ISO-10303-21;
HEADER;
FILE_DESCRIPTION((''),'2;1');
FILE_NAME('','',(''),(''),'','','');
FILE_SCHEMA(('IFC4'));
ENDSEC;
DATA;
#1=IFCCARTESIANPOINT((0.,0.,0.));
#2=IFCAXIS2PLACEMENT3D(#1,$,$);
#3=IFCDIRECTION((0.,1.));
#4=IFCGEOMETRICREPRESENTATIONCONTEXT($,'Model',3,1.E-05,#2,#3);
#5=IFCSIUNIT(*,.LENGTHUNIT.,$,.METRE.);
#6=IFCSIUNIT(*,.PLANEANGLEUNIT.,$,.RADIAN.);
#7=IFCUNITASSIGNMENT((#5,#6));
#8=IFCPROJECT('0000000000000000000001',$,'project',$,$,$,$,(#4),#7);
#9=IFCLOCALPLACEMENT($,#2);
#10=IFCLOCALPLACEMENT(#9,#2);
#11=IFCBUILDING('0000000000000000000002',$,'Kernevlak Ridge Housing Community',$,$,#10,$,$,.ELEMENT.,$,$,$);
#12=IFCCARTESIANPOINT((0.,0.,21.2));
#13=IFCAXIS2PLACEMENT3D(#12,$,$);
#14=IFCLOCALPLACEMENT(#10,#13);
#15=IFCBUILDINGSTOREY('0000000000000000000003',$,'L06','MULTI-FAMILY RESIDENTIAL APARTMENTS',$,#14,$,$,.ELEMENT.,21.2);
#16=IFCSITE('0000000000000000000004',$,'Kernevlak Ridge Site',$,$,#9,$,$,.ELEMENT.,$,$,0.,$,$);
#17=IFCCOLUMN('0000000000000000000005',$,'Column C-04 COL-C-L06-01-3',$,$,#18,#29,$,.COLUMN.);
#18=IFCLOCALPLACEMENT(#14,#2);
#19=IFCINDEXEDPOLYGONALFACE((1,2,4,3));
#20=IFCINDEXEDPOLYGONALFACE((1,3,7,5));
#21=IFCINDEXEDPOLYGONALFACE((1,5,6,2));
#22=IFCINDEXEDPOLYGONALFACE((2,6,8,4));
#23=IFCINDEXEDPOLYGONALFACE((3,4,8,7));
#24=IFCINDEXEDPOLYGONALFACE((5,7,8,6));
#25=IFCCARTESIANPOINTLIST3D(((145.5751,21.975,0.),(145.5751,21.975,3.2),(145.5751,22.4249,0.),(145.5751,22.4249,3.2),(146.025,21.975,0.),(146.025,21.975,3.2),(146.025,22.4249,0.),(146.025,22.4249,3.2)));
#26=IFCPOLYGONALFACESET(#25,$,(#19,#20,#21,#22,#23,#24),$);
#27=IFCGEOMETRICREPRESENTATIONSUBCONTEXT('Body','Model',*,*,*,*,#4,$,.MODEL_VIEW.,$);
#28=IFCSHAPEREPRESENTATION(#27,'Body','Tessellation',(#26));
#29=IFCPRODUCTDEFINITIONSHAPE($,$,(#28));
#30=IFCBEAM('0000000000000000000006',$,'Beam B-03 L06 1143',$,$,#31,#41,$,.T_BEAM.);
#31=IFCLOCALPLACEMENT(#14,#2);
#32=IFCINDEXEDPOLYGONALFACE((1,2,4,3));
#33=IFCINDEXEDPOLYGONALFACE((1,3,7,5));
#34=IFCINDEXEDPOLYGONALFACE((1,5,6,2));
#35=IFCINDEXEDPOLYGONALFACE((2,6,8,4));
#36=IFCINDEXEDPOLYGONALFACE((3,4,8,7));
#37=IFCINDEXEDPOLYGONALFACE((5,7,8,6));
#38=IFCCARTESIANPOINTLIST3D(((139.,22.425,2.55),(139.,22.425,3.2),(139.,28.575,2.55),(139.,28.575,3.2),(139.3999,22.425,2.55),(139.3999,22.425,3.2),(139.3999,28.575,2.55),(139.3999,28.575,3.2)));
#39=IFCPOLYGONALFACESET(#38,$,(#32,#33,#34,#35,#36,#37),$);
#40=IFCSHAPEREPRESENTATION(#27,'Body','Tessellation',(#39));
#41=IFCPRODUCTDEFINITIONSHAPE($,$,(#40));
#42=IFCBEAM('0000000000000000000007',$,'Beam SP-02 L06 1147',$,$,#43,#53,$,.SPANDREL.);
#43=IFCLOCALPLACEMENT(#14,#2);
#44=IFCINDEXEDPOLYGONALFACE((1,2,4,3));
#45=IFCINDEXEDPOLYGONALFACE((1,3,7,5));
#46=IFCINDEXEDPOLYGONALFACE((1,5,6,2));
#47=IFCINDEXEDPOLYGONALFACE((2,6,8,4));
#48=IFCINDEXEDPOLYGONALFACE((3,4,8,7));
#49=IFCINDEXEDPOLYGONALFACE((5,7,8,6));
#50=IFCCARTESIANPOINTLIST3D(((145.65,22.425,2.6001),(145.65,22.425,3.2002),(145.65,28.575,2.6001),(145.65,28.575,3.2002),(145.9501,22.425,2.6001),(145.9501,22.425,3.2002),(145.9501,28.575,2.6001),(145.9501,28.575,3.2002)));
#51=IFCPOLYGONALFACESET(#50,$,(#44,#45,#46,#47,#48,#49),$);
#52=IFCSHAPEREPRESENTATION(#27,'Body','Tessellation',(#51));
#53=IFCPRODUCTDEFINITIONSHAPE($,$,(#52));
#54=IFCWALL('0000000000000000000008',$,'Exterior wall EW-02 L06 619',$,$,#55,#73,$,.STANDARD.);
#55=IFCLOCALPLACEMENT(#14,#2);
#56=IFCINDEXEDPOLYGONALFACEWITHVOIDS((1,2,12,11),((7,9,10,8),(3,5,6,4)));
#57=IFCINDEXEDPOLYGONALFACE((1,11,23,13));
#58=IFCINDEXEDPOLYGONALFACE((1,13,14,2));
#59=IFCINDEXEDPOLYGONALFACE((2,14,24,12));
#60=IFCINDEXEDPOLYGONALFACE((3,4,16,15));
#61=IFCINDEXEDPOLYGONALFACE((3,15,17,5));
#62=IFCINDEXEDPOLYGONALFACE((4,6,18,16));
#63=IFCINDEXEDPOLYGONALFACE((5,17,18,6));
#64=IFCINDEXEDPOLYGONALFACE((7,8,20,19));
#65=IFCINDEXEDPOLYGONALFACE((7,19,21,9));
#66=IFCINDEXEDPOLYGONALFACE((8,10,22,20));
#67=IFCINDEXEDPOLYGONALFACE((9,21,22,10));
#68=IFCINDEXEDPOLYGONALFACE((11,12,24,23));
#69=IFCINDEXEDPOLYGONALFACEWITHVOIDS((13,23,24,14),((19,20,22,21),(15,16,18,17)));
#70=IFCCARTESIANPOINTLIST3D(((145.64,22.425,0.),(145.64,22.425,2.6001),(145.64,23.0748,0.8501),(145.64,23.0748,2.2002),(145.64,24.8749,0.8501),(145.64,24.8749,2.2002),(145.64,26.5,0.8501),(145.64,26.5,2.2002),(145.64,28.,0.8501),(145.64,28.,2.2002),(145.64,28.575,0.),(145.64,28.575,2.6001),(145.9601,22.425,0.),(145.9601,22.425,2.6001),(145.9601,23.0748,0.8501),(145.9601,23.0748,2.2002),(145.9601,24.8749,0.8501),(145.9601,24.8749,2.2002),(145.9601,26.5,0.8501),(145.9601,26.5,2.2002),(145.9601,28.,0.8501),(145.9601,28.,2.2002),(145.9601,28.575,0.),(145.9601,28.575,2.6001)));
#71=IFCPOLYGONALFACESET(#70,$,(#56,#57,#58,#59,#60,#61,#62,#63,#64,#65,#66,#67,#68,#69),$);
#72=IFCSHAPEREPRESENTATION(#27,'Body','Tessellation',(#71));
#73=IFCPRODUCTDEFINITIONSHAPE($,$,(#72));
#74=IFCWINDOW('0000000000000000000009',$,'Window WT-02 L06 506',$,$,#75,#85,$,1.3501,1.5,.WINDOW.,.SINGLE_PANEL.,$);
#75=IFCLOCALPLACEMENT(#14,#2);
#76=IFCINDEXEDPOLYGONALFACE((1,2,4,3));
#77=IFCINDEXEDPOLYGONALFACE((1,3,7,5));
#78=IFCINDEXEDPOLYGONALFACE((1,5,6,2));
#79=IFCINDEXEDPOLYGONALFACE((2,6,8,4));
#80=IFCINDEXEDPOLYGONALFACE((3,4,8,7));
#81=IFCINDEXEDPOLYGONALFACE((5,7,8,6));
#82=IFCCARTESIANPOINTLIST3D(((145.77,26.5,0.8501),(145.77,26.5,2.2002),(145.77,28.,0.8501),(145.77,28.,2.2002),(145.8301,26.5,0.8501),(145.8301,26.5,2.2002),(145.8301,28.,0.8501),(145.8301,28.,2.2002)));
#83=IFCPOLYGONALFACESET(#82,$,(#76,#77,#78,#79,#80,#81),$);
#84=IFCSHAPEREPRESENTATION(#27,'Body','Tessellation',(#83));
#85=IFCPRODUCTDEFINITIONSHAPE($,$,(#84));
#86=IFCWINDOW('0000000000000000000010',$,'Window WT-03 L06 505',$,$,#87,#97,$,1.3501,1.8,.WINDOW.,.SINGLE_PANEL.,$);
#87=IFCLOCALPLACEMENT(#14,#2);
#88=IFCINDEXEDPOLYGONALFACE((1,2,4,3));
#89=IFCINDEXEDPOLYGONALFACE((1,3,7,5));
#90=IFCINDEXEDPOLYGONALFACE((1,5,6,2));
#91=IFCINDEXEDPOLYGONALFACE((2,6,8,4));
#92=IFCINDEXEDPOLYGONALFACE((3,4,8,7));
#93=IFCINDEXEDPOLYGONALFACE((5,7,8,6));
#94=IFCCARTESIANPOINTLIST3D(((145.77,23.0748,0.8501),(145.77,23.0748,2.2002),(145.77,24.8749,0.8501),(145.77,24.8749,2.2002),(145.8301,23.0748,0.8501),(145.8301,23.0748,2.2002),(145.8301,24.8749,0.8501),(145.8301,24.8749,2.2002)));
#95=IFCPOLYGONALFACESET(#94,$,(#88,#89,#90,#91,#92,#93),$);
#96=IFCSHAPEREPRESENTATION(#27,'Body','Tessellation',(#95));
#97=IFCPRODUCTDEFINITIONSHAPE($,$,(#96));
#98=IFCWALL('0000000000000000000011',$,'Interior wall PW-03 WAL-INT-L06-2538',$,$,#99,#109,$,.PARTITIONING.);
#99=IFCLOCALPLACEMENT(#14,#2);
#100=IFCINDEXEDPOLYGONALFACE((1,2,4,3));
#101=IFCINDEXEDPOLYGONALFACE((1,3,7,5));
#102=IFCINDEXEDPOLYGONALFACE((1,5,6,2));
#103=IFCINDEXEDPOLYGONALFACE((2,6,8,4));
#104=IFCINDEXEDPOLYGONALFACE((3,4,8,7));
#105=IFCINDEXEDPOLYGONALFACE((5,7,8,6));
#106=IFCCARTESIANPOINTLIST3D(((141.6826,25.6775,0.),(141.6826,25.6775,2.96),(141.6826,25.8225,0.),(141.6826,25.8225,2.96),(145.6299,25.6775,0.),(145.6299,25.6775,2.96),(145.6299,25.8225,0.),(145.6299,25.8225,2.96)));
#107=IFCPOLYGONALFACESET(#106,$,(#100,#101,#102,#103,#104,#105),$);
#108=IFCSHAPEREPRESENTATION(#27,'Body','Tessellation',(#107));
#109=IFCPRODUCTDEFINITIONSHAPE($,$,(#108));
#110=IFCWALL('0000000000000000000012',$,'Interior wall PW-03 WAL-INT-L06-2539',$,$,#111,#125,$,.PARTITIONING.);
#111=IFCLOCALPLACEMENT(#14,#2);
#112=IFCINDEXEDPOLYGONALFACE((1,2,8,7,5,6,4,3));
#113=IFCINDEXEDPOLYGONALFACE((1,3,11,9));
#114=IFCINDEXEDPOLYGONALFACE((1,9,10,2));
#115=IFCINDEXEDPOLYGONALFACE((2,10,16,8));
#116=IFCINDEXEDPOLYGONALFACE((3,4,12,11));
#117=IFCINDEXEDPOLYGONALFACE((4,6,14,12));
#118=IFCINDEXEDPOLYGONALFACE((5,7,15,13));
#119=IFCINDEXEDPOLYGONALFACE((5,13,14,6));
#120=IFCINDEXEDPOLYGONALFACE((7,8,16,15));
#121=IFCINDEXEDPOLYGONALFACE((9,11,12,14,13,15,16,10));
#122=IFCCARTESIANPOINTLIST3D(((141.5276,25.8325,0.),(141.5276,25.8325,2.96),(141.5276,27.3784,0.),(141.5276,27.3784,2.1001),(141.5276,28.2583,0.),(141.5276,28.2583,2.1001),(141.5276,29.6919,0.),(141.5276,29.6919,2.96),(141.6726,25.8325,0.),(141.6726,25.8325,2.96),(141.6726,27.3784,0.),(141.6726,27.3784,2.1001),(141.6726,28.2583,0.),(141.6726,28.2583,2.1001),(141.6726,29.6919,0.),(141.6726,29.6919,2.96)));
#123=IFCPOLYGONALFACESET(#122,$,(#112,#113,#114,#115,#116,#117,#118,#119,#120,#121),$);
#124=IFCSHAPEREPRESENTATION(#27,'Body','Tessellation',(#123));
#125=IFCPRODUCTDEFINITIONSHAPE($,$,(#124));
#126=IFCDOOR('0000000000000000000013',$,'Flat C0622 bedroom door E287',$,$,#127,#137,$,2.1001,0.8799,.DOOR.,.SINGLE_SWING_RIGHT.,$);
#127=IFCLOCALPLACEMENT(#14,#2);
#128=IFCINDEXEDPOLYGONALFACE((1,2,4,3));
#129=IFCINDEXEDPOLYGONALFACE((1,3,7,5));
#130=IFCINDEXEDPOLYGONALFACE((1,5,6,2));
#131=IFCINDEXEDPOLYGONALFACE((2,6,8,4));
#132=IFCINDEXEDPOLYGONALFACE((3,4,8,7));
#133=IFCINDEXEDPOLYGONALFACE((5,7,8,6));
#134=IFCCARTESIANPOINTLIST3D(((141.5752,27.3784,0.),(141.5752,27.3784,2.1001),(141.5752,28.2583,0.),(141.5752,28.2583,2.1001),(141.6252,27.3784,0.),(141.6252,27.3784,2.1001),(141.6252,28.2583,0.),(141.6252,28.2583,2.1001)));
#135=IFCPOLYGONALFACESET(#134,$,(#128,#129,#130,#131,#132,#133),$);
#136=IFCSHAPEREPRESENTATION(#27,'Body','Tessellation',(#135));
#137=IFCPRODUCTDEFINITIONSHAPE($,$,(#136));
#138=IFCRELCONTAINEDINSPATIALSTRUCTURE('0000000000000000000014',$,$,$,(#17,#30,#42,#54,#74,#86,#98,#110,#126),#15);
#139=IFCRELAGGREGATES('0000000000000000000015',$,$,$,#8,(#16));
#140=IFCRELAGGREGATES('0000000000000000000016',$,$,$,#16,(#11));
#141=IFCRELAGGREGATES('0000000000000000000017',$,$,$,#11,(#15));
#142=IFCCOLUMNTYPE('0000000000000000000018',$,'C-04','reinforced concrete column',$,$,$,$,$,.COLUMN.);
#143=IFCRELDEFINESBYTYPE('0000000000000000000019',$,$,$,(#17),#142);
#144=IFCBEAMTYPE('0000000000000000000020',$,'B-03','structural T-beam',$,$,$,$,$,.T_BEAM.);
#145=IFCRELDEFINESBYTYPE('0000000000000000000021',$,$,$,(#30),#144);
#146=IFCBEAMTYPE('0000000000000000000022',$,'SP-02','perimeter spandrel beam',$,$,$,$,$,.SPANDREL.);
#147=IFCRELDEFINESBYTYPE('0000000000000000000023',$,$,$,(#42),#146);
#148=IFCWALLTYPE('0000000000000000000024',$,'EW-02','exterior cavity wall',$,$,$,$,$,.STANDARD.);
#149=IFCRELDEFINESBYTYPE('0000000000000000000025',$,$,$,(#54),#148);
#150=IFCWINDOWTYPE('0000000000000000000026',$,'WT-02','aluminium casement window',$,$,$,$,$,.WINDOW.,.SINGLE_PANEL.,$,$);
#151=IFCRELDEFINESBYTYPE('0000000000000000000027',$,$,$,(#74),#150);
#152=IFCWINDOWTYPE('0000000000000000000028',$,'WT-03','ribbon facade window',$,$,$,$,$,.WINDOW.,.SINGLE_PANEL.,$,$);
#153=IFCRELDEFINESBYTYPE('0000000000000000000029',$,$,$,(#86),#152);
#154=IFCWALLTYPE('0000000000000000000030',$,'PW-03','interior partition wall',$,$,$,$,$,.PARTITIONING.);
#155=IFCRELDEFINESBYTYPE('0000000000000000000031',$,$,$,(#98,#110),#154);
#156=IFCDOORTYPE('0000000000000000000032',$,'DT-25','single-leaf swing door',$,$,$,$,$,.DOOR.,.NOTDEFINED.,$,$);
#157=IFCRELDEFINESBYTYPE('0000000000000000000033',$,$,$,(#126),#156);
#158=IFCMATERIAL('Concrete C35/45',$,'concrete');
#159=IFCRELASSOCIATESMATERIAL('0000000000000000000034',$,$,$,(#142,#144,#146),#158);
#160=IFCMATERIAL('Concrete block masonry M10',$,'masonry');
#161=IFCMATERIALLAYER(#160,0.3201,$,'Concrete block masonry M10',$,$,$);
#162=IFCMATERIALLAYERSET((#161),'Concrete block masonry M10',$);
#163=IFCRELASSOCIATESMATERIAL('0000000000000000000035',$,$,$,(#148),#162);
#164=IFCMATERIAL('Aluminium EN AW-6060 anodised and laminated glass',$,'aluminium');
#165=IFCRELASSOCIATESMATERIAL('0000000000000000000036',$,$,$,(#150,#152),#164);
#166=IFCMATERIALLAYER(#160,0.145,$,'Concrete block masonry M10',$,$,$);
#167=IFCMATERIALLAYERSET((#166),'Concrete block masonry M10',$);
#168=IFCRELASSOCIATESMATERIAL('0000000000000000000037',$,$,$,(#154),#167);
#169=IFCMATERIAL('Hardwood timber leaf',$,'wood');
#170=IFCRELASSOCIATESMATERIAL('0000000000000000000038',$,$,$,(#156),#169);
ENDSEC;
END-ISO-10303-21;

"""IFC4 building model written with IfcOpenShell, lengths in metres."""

from ifc_helpers import new_model, si_unit, direction, frame, frame_2d, origin, origin_2d, place, context, subcontext, project, spatial, rectangle, extrude, material, layer, layer_set, material_profile, profile_set, type_object, element, fill, save


model = new_model("IFC4")

# Units and contexts
model_context = context("Model", 3, precision=1e-05, world=origin(), true_north=direction((0.0, 1.0)))
body_context = subcontext(model_context, "Body", "Model", "MODEL_VIEW")
ifc_project = project(units=[si_unit("LENGTHUNIT", "METRE"), si_unit("PLANEANGLEUNIT", "RADIAN")], contexts=[model_context])

# Site, building, storey
site_placement = place(None, origin())
site = spatial("IfcSite", under=ifc_project, at=site_placement, Name="Kernevlak Ridge Site", CompositionType="ELEMENT", RefElevation=0.0)
building_placement = place(site_placement, origin())
building = spatial("IfcBuilding", under=site, at=building_placement, Name="Kernevlak Ridge Housing Community", CompositionType="ELEMENT")
storey_placement = place(building_placement, frame((0.0, 0.0, 21.2)))
storey = spatial("IfcBuildingStorey", under=building, at=storey_placement, Name="L06", Description="MULTI-FAMILY RESIDENTIAL APARTMENTS", CompositionType="ELEMENT", Elevation=21.2)

# Column
ifc_material_1 = material(Name="Concrete C35/45", Category="concrete")
ifc_material_profile_1 = material_profile(ifc_material_1, rectangle(XDim=0.45, YDim=0.45, at=origin_2d()), Name="RC 450x450")
ifc_profile_set_1 = profile_set([ifc_material_profile_1], Name="Concrete C35/45")
column_type = type_object("IfcColumnType", Name="C-04", Description="reinforced concrete column", PredefinedType="COLUMN", material=ifc_profile_set_1)
column_placement = place(storey_placement, frame((145.8, 22.2, 0.0), z_axis=(0.0, 0.0, 1.0), x_axis=(1.0, 0.0, 0.0)))
element("IfcColumn", 1, at=column_placement, inside=storey, type_object=column_type, Name="Column C-04 COL-C-L06-01-3", PredefinedType="COLUMN", context=body_context, shape_type="SweptSolid", body=[
    extrude(rectangle(XDim=0.45, YDim=0.45, at=origin_2d()), origin(), (0.0, 0.0, 1.0), 3.2),
])

# Beams
ifc_material_profile_2 = material_profile(ifc_material_1, rectangle(XDim=0.3999, YDim=0.6499, at=origin_2d()), Name="RC 400x650")
ifc_profile_set_2 = profile_set([ifc_material_profile_2], Name="Concrete C35/45")
beam_type_1 = type_object("IfcBeamType", Name="B-03", Description="structural T-beam", PredefinedType="T_BEAM", material=ifc_profile_set_2)
beam_1_placement = place(storey_placement, frame((139.2, 22.425, 2.875), z_axis=(0.0, 1.0, 0.0), x_axis=(-1.0, 0.0, 0.0)))
element("IfcBeam", 2, at=beam_1_placement, inside=storey, type_object=beam_type_1, Name="Beam B-03 L06 1143", PredefinedType="T_BEAM", context=body_context, shape_type="SweptSolid", body=[
    extrude(rectangle(XDim=0.3999, YDim=0.6499, at=origin_2d()), origin(), (0.0, 0.0, 1.0), 6.1499),
])
ifc_material_profile_3 = material_profile(ifc_material_1, rectangle(XDim=0.3, YDim=0.6001, at=origin_2d()), Name="RC 300x600")
ifc_profile_set_3 = profile_set([ifc_material_profile_3], Name="Concrete C35/45")
beam_type_2 = type_object("IfcBeamType", Name="SP-02", Description="perimeter spandrel beam", PredefinedType="SPANDREL", material=ifc_profile_set_3)
beam_2_placement = place(storey_placement, frame((145.8, 22.425, 2.9001), z_axis=(0.0, 1.0, 0.0), x_axis=(-1.0, 0.0, 0.0)))
element("IfcBeam", 3, at=beam_2_placement, inside=storey, type_object=beam_type_2, Name="Beam SP-02 L06 1147", PredefinedType="SPANDREL", context=body_context, shape_type="SweptSolid", body=[
    extrude(rectangle(XDim=0.3, YDim=0.6001, at=origin_2d()), origin(), (0.0, 0.0, 1.0), 6.1499),
])

# Wall, openings, windows
ifc_material_2 = material(Name="Concrete block masonry M10", Category="masonry")
ifc_layer_1 = layer(ifc_material_2, 0.3201, Name="Concrete block masonry M10")
ifc_layer_set_1 = layer_set([ifc_layer_1], Name="Concrete block masonry M10")
wall_type_1 = type_object("IfcWallType", Name="EW-02", Description="exterior cavity wall", PredefinedType="STANDARD", material=ifc_layer_set_1)
wall_1_placement = place(storey_placement, frame((145.8, 22.425, 0.0), z_axis=(0.0, 0.0, 1.0), x_axis=(0.0, 1.0, 0.0)))
wall_1 = element("IfcWall", 4, at=wall_1_placement, inside=storey, type_object=wall_type_1, Name="Exterior wall EW-02 L06 619", PredefinedType="STANDARD", context=body_context, shape_type="SweptSolid", body=[
    extrude(rectangle(XDim=6.1499, YDim=0.3201, at=frame_2d((3.075, 0.0))), origin(), (0.0, 0.0, 1.0), 2.6001),
])
opening_1_placement = place(wall_1_placement, frame((0.6499, 0.0, 0.8501)))
opening_1 = element("IfcOpeningElement", 5, at=opening_1_placement, cuts=wall_1, PredefinedType="OPENING", context=body_context, shape_type="SweptSolid", body=[
    extrude(rectangle(XDim=1.8, YDim=1.3501, at=frame_2d((0.8999, 0.675))), frame((0.0, 0.1699, 0.0), z_axis=(0.0, -1.0, 0.0), x_axis=(1.0, 0.0, 0.0)), (0.0, 0.0, 1.0), 0.3401),
])
opening_2_placement = place(wall_1_placement, frame((4.075, 0.0, 0.8501)))
opening_2 = element("IfcOpeningElement", 6, at=opening_2_placement, cuts=wall_1, PredefinedType="OPENING", context=body_context, shape_type="SweptSolid", body=[
    extrude(rectangle(XDim=1.5, YDim=1.3501, at=frame_2d((0.75, 0.675))), frame((0.0, 0.1699, 0.0), z_axis=(0.0, -1.0, 0.0), x_axis=(1.0, 0.0, 0.0)), (0.0, 0.0, 1.0), 0.3401),
])
ifc_material_3 = material(Name="Aluminium EN AW-6060 anodised and laminated glass", Category="aluminium")
window_type_1 = type_object("IfcWindowType", Name="WT-02", Description="aluminium casement window", PartitioningType="SINGLE_PANEL", PredefinedType="WINDOW", material=ifc_material_3)
window_1_placement = place(opening_2_placement, origin())
window_1 = element("IfcWindow", 7, at=window_1_placement, inside=storey, type_object=window_type_1, Name="Window WT-02 L06 506", OverallHeight=1.3501, OverallWidth=1.5, PartitioningType="SINGLE_PANEL", PredefinedType="WINDOW", context=body_context, shape_type="SweptSolid", body=[
    extrude(rectangle(XDim=1.5, YDim=1.3501, at=frame_2d((0.75, 0.675))), frame((0.0, 0.03, 0.0), z_axis=(0.0, -1.0, 0.0), x_axis=(1.0, 0.0, 0.0)), (0.0, 0.0, 1.0), 0.0601),
])
fill(opening_2, window_1)
window_type_2 = type_object("IfcWindowType", Name="WT-03", Description="ribbon facade window", PartitioningType="SINGLE_PANEL", PredefinedType="WINDOW", material=ifc_material_3)
window_2_placement = place(opening_1_placement, origin())
window_2 = element("IfcWindow", 8, at=window_2_placement, inside=storey, type_object=window_type_2, Name="Window WT-03 L06 505", OverallHeight=1.3501, OverallWidth=1.8, PartitioningType="SINGLE_PANEL", PredefinedType="WINDOW", context=body_context, shape_type="SweptSolid", body=[
    extrude(rectangle(XDim=1.8, YDim=1.3501, at=frame_2d((0.8999, 0.675))), frame((0.0, 0.03, 0.0), z_axis=(0.0, -1.0, 0.0), x_axis=(1.0, 0.0, 0.0)), (0.0, 0.0, 1.0), 0.0601),
])
fill(opening_1, window_2)

# Shared definitions
ifc_layer_2 = layer(ifc_material_2, 0.145, Name="Concrete block masonry M10")
ifc_layer_set_2 = layer_set([ifc_layer_2], Name="Concrete block masonry M10")
wall_type_2 = type_object("IfcWallType", Name="PW-03", Description="interior partition wall", PredefinedType="PARTITIONING", material=ifc_layer_set_2)
ifc_material_4 = material(Name="Hardwood timber leaf", Category="wood")

# Wall
wall_2_placement = place(storey_placement, frame((141.6826, 25.75, 0.0), z_axis=(0.0, 0.0, 1.0), x_axis=(1.0, 0.0, 0.0)))
element("IfcWall", 9, at=wall_2_placement, inside=storey, type_object=wall_type_2, Name="Interior wall PW-03 WAL-INT-L06-2538", PredefinedType="PARTITIONING", context=body_context, shape_type="SweptSolid", body=[
    extrude(rectangle(XDim=3.9473, YDim=0.145, at=frame_2d((1.9736, 0.0))), origin(), (0.0, 0.0, 1.0), 2.96),
])

# Wall, opening, door
wall_3_placement = place(storey_placement, frame((141.6001, 25.8325, 0.0), z_axis=(0.0, 0.0, 1.0), x_axis=(0.0, 1.0, 0.0)))
wall_3 = element("IfcWall", 10, at=wall_3_placement, inside=storey, type_object=wall_type_2, Name="Interior wall PW-03 WAL-INT-L06-2539", PredefinedType="PARTITIONING", context=body_context, shape_type="SweptSolid", body=[
    extrude(rectangle(XDim=3.8594, YDim=0.145, at=frame_2d((1.9297, 0.0))), origin(), (0.0, 0.0, 1.0), 2.96),
])
opening_3_placement = place(wall_3_placement, frame((1.5459, 0.0, 0.0)))
opening_3 = element("IfcOpeningElement", 11, at=opening_3_placement, cuts=wall_3, PredefinedType="OPENING", context=body_context, shape_type="SweptSolid", body=[
    extrude(rectangle(XDim=0.8799, YDim=2.1001, at=frame_2d((0.4399, 1.05))), frame((0.0, 0.0825, 0.0), z_axis=(0.0, -1.0, 0.0), x_axis=(1.0, 0.0, 0.0)), (0.0, 0.0, 1.0), 0.165),
])
door_type_1 = type_object("IfcDoorType", Name="DT-25", Description="single-leaf swing door", OperationType="NOTDEFINED", PredefinedType="DOOR", material=ifc_material_4)
door_1_placement = place(opening_3_placement, origin())
door_1 = element("IfcDoor", 12, at=door_1_placement, inside=storey, type_object=door_type_1, Name="Flat C0622 bedroom door E287", OperationType="SINGLE_SWING_RIGHT", OverallHeight=2.1001, OverallWidth=0.8799, PredefinedType="DOOR", context=body_context, shape_type="SweptSolid", body=[
    extrude(rectangle(XDim=0.8799, YDim=2.1001, at=frame_2d((0.4399, 1.05))), frame((0.0, 0.0249, 0.0), z_axis=(0.0, -1.0, 0.0), x_axis=(1.0, 0.0, 0.0)), (0.0, 0.0, 1.0), 0.05),
])
fill(opening_3, door_1)

save(model, "model.ifc")
